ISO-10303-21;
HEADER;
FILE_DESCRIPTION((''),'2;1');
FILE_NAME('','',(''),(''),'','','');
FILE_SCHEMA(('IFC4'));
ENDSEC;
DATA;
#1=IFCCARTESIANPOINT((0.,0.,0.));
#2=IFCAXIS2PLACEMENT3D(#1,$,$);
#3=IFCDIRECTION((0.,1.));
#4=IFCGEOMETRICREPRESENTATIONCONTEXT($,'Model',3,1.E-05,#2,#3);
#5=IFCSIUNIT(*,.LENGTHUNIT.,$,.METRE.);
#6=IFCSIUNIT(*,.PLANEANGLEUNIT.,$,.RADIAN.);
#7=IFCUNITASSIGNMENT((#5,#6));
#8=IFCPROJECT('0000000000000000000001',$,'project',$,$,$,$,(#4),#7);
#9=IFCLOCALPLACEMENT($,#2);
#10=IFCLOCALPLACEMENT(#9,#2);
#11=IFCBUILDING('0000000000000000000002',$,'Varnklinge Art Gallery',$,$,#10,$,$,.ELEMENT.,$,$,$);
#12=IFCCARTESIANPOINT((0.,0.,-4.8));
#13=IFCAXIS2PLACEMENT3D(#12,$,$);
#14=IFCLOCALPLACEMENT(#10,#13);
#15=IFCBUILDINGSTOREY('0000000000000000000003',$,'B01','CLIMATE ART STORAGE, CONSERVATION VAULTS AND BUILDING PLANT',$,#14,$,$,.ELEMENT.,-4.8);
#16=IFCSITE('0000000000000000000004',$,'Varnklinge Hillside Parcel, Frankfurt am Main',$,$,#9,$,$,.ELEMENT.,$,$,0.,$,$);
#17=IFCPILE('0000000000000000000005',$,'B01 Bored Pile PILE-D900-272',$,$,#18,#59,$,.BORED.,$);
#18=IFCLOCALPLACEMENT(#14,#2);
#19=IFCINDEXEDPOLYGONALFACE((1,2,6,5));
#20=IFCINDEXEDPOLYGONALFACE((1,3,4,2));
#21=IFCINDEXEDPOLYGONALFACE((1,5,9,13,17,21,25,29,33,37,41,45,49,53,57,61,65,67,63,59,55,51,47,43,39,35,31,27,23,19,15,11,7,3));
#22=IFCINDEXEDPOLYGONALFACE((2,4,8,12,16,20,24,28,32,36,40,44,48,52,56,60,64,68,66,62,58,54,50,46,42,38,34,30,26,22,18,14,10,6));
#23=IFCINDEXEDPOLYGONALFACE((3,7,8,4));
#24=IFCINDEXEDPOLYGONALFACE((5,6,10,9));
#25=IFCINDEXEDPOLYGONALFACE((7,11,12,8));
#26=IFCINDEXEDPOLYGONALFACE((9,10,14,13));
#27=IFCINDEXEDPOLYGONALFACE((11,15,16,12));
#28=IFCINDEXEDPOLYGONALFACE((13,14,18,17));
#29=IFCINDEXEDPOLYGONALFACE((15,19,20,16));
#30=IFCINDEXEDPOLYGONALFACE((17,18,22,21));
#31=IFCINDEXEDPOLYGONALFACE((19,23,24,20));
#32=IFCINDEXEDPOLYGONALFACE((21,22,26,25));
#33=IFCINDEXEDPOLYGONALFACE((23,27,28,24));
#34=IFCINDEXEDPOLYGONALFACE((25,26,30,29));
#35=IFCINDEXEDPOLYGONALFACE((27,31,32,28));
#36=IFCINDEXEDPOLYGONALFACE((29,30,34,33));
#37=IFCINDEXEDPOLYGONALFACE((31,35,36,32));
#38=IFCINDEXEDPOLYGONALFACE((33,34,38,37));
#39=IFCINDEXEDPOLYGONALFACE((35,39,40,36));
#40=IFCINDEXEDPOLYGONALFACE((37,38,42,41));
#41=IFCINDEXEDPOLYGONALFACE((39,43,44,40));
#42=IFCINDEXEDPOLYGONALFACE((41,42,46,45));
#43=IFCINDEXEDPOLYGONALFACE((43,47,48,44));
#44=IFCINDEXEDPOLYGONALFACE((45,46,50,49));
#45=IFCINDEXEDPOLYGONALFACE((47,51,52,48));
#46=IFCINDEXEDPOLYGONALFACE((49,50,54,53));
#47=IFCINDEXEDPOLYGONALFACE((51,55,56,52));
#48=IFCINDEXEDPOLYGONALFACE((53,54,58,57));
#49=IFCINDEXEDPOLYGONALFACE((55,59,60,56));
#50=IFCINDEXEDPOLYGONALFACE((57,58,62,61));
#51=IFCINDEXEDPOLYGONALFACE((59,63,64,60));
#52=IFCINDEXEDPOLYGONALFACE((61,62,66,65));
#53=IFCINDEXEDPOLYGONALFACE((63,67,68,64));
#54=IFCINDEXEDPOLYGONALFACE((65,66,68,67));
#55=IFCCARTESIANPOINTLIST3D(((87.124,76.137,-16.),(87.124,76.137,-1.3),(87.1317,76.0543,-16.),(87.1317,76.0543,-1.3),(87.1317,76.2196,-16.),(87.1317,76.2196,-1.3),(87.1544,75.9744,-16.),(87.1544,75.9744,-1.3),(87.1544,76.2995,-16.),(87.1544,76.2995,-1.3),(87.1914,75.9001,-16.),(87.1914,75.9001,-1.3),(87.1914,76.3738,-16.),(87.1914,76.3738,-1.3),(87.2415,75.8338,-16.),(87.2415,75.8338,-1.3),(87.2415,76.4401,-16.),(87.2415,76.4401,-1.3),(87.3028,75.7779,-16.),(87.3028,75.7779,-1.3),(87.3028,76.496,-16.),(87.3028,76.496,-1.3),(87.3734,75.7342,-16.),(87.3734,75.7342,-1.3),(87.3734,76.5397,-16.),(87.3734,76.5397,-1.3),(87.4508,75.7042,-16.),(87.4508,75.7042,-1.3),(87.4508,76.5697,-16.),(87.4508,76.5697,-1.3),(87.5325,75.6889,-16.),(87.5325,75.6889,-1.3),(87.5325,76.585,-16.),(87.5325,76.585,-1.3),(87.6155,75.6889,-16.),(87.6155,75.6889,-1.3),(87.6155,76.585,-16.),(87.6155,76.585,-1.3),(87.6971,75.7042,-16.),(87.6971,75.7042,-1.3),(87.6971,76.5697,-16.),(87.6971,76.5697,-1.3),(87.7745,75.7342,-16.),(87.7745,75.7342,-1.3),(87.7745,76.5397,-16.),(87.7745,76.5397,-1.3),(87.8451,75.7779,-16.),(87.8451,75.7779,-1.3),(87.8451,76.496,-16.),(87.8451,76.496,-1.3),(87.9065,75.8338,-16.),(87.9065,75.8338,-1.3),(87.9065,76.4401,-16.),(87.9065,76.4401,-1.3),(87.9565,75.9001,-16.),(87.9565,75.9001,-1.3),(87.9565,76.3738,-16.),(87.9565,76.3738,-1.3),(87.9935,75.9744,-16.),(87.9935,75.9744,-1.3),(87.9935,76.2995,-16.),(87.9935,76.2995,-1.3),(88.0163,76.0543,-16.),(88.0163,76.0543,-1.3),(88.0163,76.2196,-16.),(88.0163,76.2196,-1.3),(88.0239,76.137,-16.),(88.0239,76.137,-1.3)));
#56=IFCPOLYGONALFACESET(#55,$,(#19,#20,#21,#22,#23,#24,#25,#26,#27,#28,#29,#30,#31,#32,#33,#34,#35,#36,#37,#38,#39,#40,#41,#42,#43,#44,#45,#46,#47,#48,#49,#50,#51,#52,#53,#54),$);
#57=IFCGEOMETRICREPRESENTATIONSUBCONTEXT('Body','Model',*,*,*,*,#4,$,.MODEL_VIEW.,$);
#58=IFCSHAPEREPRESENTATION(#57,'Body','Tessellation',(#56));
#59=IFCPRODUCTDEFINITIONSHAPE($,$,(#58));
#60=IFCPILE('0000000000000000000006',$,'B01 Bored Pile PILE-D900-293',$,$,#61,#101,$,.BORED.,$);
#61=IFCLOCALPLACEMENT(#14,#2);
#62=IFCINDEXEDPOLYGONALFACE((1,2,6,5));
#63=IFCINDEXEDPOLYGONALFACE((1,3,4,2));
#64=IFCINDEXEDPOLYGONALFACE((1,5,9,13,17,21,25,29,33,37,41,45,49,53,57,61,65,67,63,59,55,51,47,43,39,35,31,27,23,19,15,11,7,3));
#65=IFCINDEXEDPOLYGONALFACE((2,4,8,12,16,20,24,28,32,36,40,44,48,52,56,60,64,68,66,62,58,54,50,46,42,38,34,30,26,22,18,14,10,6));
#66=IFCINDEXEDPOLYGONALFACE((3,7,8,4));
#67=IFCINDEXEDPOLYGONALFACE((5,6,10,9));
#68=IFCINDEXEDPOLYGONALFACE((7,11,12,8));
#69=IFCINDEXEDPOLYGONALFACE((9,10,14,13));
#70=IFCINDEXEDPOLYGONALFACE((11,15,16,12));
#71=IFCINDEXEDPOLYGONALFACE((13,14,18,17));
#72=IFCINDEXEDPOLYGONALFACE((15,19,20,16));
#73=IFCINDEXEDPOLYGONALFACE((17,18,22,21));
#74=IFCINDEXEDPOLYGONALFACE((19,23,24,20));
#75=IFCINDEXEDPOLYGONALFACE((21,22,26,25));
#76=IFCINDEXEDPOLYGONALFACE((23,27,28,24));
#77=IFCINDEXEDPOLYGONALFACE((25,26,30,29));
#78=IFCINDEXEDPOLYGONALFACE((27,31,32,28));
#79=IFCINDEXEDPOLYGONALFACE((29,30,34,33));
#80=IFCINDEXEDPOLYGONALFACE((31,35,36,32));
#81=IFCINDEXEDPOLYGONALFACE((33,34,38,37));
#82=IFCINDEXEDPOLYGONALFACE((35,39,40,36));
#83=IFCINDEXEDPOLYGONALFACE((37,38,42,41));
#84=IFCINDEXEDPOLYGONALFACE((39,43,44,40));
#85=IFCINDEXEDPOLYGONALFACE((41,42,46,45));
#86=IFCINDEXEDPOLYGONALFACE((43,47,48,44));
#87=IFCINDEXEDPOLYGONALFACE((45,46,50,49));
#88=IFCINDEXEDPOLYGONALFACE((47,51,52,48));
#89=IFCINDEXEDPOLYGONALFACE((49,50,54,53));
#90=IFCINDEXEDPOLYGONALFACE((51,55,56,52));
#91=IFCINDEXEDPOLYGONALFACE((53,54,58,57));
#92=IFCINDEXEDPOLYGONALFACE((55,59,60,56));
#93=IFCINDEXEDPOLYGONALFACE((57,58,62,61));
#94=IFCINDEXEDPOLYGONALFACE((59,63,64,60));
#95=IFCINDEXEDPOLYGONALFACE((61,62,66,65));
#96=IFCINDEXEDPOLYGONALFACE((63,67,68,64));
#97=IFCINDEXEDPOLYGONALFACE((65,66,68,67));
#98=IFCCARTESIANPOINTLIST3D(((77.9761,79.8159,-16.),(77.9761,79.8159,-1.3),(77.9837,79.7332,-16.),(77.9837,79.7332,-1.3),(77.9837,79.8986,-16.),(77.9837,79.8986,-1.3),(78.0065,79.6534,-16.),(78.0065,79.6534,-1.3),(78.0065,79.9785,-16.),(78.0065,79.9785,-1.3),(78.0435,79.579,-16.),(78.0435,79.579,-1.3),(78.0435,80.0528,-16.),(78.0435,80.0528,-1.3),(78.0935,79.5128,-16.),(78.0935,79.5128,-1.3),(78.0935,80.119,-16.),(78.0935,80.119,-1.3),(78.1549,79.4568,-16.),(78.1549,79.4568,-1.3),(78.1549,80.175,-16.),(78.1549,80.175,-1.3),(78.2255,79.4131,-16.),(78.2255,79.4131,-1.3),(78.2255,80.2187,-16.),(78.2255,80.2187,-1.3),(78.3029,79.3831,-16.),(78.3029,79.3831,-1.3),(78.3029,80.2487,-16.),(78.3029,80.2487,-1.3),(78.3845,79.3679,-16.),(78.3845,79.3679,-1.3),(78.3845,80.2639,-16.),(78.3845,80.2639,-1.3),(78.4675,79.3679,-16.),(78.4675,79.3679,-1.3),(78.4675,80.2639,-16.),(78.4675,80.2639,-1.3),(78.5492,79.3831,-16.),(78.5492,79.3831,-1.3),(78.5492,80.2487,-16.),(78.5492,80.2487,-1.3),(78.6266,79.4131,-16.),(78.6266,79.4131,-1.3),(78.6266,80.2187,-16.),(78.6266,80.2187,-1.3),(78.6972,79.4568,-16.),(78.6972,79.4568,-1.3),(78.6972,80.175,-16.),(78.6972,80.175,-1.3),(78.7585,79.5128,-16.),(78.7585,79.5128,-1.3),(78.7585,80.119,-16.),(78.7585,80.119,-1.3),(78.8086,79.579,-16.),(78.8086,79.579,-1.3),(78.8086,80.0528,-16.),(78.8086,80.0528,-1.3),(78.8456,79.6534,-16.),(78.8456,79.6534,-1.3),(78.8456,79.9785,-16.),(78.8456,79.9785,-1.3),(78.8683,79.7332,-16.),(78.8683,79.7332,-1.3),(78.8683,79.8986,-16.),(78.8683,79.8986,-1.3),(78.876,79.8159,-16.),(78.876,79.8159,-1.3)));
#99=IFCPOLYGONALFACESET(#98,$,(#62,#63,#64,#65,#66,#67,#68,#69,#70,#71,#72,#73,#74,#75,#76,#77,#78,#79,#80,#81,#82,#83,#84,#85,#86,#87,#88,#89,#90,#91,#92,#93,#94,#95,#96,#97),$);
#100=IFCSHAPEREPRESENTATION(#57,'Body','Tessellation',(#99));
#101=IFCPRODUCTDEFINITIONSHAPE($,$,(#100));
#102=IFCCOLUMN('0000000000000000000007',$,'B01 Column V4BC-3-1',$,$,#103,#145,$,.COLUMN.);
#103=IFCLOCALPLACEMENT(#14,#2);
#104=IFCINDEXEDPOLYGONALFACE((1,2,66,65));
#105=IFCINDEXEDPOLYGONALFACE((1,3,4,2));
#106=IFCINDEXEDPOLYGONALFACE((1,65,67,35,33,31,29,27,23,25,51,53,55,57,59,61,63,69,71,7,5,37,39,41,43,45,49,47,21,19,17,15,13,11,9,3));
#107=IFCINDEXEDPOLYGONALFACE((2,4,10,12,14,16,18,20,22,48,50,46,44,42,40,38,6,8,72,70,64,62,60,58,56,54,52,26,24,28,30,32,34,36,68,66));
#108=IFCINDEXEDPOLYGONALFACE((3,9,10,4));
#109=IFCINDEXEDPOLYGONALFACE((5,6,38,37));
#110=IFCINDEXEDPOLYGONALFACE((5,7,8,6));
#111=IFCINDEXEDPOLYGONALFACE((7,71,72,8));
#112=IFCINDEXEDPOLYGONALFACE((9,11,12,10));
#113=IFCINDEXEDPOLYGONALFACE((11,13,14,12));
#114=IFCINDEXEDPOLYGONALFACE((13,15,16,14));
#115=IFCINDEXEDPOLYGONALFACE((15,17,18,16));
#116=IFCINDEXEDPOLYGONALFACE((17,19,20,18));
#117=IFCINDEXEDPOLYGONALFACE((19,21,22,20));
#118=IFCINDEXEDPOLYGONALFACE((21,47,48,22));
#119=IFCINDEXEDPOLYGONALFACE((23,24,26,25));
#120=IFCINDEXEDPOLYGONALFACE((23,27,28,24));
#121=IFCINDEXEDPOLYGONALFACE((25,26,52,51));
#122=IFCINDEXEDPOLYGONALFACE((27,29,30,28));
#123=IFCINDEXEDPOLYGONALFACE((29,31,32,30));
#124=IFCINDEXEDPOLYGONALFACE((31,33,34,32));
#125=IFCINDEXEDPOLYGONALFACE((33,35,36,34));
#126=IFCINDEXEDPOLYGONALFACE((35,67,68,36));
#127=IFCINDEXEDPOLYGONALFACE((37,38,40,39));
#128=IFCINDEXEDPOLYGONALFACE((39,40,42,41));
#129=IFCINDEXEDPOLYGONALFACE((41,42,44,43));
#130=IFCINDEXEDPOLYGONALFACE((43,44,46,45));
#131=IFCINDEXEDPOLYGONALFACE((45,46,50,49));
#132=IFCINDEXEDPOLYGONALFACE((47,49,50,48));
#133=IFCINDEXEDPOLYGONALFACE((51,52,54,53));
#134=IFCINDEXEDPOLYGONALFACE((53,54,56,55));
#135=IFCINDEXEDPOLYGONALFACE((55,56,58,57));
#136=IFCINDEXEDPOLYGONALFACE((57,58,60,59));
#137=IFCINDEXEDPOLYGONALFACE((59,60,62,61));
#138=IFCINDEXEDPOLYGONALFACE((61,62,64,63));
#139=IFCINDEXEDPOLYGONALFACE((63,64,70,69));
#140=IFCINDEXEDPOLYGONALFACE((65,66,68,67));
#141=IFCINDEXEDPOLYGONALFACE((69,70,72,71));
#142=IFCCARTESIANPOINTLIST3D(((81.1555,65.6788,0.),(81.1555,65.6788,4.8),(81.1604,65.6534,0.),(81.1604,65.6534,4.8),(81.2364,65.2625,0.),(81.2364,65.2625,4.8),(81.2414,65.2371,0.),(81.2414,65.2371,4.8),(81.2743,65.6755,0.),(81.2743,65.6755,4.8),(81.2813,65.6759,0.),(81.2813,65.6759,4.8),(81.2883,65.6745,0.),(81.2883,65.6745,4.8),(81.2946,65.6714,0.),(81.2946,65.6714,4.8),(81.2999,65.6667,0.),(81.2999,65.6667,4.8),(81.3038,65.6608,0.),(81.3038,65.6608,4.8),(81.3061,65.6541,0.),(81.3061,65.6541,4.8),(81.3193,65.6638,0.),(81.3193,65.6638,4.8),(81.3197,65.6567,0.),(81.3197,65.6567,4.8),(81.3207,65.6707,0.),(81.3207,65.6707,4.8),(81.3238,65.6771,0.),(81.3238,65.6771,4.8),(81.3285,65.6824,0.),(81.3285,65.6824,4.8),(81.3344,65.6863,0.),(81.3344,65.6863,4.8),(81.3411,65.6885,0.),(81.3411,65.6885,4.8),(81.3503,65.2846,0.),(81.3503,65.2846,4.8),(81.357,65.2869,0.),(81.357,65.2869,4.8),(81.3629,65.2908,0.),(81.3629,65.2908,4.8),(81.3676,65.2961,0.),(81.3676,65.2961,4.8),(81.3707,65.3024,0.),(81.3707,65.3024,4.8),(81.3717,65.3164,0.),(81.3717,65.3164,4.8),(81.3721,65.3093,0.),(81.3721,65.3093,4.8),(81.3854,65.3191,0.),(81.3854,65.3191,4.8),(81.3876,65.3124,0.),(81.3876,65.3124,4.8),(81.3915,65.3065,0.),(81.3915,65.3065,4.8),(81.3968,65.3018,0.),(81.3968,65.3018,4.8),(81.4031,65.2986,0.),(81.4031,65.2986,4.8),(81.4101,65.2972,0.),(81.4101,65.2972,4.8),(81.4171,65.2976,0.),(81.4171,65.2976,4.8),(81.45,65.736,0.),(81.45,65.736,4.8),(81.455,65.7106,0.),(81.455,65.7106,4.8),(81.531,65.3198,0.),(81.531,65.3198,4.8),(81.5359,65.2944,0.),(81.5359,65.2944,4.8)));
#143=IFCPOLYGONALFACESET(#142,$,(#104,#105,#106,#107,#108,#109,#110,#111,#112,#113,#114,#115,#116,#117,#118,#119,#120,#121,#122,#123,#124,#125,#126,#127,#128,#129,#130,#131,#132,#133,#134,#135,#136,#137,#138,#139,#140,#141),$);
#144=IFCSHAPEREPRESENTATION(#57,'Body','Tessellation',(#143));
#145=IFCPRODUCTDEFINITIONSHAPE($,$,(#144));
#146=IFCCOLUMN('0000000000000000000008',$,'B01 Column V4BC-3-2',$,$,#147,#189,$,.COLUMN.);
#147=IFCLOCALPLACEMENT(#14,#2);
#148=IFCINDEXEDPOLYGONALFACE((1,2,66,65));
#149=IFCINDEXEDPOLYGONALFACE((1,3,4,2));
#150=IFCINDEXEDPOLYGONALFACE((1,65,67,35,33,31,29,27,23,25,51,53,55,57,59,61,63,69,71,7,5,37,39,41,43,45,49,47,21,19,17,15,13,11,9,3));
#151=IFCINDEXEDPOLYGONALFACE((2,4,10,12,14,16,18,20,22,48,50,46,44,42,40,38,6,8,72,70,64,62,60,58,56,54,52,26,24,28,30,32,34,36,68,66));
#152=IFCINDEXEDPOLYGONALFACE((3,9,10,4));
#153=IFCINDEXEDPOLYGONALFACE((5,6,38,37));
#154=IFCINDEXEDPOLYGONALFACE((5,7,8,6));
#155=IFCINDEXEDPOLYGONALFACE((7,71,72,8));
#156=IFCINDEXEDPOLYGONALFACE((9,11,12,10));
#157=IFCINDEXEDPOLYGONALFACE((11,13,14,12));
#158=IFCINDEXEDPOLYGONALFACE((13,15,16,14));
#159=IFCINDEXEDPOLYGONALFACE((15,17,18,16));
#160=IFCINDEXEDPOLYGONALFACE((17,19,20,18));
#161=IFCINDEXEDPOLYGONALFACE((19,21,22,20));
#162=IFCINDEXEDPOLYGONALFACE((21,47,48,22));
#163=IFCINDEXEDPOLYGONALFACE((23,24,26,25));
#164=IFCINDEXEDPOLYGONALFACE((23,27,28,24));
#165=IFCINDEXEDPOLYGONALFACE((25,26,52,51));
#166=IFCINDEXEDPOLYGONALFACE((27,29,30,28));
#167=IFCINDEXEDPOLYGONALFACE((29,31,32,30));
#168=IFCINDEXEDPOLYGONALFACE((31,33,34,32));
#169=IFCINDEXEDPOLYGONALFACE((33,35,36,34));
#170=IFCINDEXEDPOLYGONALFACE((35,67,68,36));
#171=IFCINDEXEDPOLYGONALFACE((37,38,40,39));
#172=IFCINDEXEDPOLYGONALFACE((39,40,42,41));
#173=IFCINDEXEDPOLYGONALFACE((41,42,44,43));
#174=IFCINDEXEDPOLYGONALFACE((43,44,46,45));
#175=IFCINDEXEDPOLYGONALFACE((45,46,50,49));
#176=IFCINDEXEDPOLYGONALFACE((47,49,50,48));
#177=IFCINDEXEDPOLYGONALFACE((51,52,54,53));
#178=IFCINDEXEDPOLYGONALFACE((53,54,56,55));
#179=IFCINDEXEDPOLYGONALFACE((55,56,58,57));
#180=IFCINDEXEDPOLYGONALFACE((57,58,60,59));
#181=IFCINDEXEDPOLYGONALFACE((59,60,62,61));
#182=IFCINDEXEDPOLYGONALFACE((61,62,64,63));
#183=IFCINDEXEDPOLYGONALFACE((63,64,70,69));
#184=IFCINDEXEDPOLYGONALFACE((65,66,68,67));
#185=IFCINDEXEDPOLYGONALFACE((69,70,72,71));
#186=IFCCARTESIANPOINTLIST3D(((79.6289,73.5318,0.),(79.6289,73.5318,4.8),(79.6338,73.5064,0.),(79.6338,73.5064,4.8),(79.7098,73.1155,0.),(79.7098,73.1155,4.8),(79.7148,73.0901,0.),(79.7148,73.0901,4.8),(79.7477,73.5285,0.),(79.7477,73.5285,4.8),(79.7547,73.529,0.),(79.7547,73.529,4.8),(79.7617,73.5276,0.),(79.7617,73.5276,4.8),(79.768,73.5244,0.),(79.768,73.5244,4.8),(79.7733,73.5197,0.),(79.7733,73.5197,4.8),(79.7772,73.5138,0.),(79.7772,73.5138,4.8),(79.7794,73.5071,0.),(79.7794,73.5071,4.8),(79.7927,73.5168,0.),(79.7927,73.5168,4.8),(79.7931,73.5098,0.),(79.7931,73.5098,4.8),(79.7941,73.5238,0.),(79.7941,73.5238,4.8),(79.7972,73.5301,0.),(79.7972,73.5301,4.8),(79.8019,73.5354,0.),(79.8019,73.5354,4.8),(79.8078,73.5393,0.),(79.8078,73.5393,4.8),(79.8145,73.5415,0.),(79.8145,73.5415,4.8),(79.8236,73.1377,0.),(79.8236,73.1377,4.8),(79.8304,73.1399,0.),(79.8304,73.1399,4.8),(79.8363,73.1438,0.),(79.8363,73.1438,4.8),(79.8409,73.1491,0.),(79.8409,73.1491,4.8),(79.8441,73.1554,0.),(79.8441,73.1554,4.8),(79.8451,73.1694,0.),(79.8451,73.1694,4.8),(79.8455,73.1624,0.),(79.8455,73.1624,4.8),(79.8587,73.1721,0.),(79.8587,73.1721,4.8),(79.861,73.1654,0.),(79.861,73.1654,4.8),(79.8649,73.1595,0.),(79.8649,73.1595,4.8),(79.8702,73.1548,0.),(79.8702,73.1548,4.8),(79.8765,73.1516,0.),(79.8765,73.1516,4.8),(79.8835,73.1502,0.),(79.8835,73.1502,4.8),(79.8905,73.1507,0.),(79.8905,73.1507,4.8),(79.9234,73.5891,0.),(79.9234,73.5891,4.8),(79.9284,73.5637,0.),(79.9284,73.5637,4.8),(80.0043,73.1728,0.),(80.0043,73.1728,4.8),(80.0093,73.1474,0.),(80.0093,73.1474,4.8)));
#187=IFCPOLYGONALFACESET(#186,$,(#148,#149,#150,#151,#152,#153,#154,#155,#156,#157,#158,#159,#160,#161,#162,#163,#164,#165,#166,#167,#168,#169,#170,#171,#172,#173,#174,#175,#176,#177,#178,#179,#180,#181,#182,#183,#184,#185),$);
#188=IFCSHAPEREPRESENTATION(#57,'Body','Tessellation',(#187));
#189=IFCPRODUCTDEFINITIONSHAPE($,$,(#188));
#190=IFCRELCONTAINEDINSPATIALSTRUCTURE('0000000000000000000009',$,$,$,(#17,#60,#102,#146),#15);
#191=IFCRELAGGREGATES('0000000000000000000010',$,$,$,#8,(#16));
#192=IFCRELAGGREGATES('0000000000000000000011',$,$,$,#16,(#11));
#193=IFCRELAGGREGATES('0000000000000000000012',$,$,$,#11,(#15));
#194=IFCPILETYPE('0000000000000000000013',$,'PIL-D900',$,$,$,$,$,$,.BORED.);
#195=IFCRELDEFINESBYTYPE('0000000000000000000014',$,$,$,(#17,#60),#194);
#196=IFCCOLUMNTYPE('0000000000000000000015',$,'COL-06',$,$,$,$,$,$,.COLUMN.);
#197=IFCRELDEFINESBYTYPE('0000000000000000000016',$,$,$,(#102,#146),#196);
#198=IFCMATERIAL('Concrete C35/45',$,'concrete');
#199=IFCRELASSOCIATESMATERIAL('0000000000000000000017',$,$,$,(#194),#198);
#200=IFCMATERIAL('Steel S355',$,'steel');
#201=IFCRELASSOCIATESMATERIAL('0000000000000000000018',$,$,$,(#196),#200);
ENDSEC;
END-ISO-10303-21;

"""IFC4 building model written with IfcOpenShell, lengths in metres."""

from ifc_helpers import new_model, si_unit, direction, frame, origin, origin_2d, place, context, subcontext, project, spatial, circle, i_section, extrude, material, material_profile, profile_set, type_object, element, save


model = new_model("IFC4")

# Units and contexts
model_context = context("Model", 3, precision=1e-05, world=origin(), true_north=direction((0.0, 1.0)))
body_context = subcontext(model_context, "Body", "Model", "MODEL_VIEW")
ifc_project = project(units=[si_unit("LENGTHUNIT", "METRE"), si_unit("PLANEANGLEUNIT", "RADIAN")], contexts=[model_context])

# Site, building, storey
site_placement = place(None, origin())
site = spatial("IfcSite", under=ifc_project, at=site_placement, Name="Varnklinge Hillside Parcel, Frankfurt am Main", CompositionType="ELEMENT", RefElevation=0.0)
building_placement = place(site_placement, origin())
building = spatial("IfcBuilding", under=site, at=building_placement, Name="Varnklinge Art Gallery", CompositionType="ELEMENT")
storey_placement = place(building_placement, frame((0.0, 0.0, -4.8)))
storey = spatial("IfcBuildingStorey", under=building, at=storey_placement, Name="B01", Description="CLIMATE ART STORAGE, CONSERVATION VAULTS AND BUILDING PLANT", CompositionType="ELEMENT", Elevation=-4.8)

# Piles
ifc_material_1 = material(Name="Concrete C35/45", Category="concrete")
ifc_material_profile_1 = material_profile(ifc_material_1, circle(Radius=0.45, at=origin_2d()), Name="PILE D900")
ifc_profile_set_1 = profile_set([ifc_material_profile_1], Name="Concrete C35/45")
pile_type_1 = type_object("IfcPileType", Name="PIL-D900", PredefinedType="BORED", material=ifc_profile_set_1)
for number, where, z_axis, x_axis, name in (
    (1, (87.574, 76.137, -1.3), (0.0, 0.0, -1.0), (1.0, 0.0, 0.0), "B01 Bored Pile PILE-D900-272"),
    (2, (78.426, 79.8159, -1.3), (0.0, 0.0, -1.0), (1.0, 0.0, 0.0), "B01 Bored Pile PILE-D900-293"),
):
    element("IfcPile", number, at=place(storey_placement, frame(where, z_axis=z_axis, x_axis=x_axis)), inside=storey, type_object=pile_type_1, Name=name, PredefinedType="BORED", context=body_context, shape_type="SweptSolid", body=[
        extrude(circle(Radius=0.45, at=origin_2d()), origin(), (0.0, 0.0, 1.0), 14.7),
    ])

# Columns
ifc_material_2 = material(Name="Steel S355", Category="steel")
ifc_material_profile_2 = material_profile(ifc_material_2, i_section(OverallWidth=0.3, OverallDepth=0.45, WebThickness=0.0139, FlangeThickness=0.0259, FilletRadius=0.0271, at=origin_2d()), Name="HEB 450")
ifc_profile_set_2 = profile_set([ifc_material_profile_2], Name="Steel S355")
column_type_1 = type_object("IfcColumnType", Name="COL-06", PredefinedType="COLUMN", material=ifc_profile_set_2)
for number, where, z_axis, x_axis, name in (
    (3, (81.3457, 65.4866, 0.0), (0.0, 0.0, 1.0), (0.981627, 0.190809, 0.0), "B01 Column V4BC-3-1"),
    (4, (79.8191, 73.3396, 0.0), (0.0, 0.0, 1.0), (0.981627, 0.190809, 0.0), "B01 Column V4BC-3-2"),
):
    element("IfcColumn", number, at=place(storey_placement, frame(where, z_axis=z_axis, x_axis=x_axis)), inside=storey, type_object=column_type_1, Name=name, PredefinedType="COLUMN", context=body_context, shape_type="SweptSolid", body=[
        extrude(i_section(OverallWidth=0.3, OverallDepth=0.45, WebThickness=0.0139, FlangeThickness=0.0259, FilletRadius=0.0271, at=origin_2d()), origin(), (0.0, 0.0, 1.0), 4.8),
    ])

save(model, "model.ifc")
